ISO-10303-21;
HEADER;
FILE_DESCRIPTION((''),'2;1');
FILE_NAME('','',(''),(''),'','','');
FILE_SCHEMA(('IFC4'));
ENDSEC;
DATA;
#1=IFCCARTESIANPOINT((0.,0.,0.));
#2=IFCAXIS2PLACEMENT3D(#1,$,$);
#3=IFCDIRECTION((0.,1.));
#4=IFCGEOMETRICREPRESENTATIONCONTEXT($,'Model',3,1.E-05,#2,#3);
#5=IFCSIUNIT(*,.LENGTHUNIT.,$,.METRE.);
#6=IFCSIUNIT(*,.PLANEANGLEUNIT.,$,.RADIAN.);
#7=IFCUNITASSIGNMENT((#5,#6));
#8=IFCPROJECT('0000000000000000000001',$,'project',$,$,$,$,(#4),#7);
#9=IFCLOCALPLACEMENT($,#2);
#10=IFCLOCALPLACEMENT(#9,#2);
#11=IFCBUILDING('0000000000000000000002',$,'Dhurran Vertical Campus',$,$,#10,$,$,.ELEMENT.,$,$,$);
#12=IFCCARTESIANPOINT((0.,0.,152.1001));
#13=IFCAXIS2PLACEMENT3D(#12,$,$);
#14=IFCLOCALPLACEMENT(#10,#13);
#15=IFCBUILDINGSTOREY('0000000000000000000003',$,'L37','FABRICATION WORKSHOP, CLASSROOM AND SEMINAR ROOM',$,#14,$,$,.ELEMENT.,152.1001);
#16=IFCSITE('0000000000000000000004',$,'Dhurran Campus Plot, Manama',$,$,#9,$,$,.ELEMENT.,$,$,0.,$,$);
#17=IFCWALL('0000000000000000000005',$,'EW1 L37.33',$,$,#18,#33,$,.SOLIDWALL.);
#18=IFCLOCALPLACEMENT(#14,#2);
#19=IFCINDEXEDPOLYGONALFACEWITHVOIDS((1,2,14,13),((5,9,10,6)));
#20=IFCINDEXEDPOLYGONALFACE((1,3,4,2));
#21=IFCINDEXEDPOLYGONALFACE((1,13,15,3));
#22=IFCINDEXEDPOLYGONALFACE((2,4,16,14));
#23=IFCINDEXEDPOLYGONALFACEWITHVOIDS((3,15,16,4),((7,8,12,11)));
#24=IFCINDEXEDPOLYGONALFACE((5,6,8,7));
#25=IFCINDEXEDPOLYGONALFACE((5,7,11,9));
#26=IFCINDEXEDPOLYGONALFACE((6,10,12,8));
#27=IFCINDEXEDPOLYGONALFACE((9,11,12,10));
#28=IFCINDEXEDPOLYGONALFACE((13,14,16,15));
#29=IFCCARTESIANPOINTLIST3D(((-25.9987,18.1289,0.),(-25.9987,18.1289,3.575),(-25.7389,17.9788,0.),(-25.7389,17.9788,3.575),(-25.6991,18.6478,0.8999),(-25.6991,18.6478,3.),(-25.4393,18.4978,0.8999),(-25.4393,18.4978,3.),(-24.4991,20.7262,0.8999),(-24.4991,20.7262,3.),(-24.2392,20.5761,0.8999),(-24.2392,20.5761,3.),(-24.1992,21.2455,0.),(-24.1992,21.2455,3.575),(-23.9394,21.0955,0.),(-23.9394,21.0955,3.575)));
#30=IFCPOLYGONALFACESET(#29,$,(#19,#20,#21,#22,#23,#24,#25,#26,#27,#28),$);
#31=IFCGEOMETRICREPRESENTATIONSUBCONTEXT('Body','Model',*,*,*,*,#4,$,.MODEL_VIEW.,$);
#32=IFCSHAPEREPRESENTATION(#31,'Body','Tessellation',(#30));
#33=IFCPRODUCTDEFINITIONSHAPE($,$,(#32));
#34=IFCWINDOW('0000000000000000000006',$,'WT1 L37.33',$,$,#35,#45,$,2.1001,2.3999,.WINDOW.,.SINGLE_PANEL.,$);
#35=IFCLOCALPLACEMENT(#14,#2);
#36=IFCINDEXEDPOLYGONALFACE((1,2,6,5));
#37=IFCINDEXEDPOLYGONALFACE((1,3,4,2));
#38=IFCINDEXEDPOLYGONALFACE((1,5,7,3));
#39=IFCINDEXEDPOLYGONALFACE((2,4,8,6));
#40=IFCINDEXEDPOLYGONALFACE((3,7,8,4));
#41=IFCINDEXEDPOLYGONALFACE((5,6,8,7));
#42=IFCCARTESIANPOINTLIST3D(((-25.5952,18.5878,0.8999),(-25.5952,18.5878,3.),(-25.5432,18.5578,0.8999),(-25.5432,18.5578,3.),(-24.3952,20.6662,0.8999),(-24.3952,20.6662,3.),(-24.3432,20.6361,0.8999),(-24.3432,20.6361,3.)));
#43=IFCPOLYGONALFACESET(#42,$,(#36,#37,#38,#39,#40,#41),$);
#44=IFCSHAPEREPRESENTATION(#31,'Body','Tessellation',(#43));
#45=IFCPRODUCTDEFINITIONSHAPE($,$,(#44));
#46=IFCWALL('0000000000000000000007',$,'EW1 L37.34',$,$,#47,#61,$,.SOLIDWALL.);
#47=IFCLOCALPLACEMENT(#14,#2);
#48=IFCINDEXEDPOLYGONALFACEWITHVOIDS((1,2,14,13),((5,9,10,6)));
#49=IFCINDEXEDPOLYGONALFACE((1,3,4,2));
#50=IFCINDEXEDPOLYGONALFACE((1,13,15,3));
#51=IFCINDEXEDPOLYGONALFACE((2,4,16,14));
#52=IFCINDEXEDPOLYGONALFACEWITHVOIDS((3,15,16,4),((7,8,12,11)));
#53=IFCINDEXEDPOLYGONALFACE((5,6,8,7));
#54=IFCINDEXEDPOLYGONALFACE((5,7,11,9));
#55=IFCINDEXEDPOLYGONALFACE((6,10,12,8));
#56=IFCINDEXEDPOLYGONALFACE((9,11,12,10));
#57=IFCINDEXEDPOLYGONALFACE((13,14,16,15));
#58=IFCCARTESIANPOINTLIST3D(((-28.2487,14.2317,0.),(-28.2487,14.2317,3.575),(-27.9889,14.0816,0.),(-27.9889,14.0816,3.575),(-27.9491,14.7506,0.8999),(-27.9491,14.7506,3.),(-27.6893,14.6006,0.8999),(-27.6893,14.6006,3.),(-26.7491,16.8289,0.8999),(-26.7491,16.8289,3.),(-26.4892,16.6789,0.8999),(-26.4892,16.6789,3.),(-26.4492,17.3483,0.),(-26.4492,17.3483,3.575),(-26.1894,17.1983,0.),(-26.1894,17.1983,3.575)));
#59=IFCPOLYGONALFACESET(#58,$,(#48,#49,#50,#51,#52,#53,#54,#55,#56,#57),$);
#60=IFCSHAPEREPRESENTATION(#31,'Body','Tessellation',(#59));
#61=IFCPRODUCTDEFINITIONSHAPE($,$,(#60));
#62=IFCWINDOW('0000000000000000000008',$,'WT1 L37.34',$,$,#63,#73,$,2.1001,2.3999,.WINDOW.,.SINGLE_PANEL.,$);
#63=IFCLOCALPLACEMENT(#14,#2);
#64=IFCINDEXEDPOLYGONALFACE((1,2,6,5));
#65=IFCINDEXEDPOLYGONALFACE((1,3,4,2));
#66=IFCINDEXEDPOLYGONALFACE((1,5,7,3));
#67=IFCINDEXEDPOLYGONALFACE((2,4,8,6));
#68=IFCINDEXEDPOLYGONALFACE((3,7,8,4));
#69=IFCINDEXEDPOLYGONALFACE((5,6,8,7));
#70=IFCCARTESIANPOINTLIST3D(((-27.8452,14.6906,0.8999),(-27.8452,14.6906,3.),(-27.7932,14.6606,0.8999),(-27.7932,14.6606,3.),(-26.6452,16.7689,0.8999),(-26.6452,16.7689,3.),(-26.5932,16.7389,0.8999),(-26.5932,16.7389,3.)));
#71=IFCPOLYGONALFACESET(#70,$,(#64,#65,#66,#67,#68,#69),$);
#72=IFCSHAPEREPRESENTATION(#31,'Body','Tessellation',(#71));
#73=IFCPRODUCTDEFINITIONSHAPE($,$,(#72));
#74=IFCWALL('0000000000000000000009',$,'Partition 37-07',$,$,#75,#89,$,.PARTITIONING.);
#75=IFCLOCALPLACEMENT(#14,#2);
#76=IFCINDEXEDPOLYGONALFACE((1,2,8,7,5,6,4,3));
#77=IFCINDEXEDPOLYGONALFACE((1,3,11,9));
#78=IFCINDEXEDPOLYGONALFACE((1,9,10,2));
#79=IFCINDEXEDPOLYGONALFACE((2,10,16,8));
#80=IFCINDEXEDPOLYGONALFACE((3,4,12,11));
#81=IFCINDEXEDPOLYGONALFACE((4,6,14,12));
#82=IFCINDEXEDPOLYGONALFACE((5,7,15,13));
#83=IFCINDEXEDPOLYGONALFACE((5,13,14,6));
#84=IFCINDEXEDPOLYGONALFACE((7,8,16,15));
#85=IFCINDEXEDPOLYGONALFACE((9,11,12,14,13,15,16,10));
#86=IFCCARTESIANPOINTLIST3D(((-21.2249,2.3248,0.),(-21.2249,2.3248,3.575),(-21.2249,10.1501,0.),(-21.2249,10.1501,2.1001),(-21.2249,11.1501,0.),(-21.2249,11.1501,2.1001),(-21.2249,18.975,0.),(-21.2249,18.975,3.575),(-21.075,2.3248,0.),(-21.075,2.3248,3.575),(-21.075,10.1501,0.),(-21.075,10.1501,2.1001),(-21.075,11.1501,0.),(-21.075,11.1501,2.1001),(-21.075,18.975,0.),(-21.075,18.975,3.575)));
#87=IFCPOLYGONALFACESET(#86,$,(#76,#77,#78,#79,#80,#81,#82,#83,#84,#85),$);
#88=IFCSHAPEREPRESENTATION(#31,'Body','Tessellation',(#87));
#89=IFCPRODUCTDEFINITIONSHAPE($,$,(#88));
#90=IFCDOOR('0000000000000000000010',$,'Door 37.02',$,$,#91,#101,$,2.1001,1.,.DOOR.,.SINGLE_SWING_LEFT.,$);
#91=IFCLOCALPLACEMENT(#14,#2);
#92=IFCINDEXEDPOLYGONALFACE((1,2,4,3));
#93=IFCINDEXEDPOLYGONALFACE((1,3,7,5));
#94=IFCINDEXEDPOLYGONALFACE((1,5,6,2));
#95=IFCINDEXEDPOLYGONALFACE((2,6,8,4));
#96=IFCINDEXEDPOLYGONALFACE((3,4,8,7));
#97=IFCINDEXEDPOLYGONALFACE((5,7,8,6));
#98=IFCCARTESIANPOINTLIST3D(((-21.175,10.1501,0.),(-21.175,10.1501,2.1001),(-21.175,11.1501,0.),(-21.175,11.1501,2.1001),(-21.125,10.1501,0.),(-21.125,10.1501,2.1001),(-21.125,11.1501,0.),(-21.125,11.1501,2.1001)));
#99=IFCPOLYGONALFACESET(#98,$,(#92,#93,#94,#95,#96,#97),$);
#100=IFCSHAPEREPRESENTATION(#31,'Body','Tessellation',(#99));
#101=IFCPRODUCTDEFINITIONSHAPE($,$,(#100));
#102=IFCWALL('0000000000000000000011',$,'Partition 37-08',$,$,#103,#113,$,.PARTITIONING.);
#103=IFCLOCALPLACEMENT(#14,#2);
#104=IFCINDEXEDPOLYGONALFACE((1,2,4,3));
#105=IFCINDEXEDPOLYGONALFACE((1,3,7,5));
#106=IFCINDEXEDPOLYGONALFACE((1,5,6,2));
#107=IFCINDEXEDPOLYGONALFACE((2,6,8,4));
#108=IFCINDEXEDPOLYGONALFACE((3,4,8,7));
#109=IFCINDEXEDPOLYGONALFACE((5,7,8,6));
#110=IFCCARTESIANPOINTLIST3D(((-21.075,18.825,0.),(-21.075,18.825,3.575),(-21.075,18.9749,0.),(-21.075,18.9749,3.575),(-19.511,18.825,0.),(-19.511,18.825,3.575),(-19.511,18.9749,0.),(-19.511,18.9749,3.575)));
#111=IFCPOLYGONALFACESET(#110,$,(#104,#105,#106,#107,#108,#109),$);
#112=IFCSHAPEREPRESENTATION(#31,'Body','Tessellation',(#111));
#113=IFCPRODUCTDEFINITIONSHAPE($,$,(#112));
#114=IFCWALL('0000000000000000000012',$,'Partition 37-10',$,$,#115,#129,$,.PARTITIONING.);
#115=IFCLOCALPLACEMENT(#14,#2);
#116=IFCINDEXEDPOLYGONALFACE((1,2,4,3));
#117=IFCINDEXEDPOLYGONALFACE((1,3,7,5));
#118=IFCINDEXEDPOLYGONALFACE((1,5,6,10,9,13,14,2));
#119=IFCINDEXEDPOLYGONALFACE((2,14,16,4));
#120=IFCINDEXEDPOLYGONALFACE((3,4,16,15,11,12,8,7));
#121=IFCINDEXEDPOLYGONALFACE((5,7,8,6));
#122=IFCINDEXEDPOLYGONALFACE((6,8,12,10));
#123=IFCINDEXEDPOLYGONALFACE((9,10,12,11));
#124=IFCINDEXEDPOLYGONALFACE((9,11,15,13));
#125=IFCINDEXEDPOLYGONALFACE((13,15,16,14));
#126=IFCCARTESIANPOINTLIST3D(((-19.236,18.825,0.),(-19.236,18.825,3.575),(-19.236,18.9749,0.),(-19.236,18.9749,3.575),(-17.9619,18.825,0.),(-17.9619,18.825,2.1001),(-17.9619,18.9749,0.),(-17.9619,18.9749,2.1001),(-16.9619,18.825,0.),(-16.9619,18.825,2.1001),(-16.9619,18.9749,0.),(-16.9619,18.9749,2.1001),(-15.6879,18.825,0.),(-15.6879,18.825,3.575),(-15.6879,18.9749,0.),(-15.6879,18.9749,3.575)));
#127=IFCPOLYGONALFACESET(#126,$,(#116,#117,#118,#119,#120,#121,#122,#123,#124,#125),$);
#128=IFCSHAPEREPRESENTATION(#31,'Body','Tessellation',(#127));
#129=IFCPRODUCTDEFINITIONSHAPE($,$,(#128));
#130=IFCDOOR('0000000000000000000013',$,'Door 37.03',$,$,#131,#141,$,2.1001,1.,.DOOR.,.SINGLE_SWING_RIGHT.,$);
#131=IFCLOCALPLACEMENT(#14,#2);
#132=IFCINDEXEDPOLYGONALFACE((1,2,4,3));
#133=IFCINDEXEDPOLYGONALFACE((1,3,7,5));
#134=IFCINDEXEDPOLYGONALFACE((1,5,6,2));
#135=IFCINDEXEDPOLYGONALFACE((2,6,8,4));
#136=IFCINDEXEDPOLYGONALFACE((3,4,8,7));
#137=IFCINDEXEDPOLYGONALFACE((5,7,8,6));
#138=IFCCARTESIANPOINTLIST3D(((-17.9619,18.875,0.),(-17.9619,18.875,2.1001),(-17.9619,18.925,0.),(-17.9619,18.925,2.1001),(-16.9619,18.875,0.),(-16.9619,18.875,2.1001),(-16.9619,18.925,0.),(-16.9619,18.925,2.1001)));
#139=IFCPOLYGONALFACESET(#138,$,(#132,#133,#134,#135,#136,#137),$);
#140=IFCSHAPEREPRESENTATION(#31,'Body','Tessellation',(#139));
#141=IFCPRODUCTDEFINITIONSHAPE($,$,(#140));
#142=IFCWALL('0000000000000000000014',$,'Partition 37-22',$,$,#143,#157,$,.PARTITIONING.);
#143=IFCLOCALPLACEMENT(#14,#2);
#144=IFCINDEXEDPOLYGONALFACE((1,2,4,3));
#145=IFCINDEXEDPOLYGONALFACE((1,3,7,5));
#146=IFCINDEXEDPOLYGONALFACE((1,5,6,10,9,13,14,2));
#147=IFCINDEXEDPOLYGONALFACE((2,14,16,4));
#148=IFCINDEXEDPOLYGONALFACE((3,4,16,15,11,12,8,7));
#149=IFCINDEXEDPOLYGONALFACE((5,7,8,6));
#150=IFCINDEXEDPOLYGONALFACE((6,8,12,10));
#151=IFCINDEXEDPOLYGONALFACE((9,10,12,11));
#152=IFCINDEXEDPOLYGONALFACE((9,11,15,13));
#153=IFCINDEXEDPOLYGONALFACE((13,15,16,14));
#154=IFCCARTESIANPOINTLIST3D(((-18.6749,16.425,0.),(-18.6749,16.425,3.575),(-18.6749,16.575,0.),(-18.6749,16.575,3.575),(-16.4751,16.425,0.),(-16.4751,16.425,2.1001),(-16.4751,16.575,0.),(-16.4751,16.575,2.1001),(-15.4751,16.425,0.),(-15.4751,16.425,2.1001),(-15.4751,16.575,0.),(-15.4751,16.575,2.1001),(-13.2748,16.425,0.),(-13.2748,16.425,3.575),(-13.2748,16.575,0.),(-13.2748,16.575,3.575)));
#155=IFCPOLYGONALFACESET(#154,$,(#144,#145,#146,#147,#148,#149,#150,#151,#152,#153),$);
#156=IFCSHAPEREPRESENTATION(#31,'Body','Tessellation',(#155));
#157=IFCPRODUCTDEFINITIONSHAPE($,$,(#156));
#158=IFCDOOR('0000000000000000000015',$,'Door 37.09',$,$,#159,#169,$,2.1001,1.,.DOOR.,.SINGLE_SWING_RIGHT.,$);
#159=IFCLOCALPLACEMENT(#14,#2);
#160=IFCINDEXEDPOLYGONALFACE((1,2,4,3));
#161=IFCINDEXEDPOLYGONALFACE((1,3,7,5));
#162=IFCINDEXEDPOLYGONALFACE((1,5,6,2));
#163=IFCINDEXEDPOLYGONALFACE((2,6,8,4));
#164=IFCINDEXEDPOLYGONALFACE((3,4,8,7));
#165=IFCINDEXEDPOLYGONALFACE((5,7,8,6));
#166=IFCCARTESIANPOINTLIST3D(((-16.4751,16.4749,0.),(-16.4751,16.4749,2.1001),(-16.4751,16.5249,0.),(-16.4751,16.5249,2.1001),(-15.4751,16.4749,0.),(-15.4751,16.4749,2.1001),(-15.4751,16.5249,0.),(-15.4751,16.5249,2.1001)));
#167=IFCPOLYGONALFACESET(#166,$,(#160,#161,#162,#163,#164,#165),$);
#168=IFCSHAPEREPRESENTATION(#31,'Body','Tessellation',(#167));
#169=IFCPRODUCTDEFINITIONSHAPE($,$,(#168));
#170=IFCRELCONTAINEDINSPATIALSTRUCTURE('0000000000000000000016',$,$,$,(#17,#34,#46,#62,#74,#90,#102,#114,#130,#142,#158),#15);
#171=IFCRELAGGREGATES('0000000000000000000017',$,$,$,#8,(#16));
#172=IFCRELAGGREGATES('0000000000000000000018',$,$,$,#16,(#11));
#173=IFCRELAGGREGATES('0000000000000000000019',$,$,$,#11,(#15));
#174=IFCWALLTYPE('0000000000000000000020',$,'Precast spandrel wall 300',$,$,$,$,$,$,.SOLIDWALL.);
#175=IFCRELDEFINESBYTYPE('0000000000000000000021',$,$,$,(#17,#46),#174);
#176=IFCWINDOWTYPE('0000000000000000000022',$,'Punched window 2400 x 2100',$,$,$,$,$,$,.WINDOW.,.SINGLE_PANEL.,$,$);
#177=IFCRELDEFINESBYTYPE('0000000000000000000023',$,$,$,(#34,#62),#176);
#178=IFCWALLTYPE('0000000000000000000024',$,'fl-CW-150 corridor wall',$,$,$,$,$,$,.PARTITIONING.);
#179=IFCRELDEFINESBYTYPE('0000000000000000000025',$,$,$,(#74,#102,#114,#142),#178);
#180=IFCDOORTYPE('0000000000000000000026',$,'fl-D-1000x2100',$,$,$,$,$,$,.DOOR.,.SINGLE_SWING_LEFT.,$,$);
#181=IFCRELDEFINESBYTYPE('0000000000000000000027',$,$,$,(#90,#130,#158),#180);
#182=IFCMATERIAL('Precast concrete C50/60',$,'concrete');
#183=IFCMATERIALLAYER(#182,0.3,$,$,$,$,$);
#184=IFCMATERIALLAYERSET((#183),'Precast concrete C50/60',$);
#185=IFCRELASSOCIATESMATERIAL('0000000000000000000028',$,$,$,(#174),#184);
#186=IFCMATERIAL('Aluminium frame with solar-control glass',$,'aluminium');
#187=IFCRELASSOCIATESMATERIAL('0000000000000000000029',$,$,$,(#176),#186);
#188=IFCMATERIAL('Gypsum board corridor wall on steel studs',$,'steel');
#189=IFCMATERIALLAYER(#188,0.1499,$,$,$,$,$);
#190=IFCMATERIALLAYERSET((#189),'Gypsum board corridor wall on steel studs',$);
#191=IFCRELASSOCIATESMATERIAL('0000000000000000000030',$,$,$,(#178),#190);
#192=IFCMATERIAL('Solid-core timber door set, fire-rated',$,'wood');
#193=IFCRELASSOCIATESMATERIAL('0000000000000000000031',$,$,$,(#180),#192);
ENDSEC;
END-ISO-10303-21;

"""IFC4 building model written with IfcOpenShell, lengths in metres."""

from ifc_helpers import new_model, si_unit, direction, frame, frame_2d, origin, place, context, subcontext, project, spatial, rectangle, extrude, material, layer, layer_set, type_object, element, fill, save


model = new_model("IFC4")

# Units and contexts
model_context = context("Model", 3, precision=1e-05, world=origin(), true_north=direction((0.0, 1.0)))
body_context = subcontext(model_context, "Body", "Model", "MODEL_VIEW")
ifc_project = project(units=[si_unit("LENGTHUNIT", "METRE"), si_unit("PLANEANGLEUNIT", "RADIAN")], contexts=[model_context])

# Site, building, storey
site_placement = place(None, origin())
site = spatial("IfcSite", under=ifc_project, at=site_placement, Name="Dhurran Campus Plot, Manama", CompositionType="ELEMENT", RefElevation=0.0)
building_placement = place(site_placement, origin())
building = spatial("IfcBuilding", under=site, at=building_placement, Name="Dhurran Vertical Campus", CompositionType="ELEMENT")
storey_placement = place(building_placement, frame((0.0, 0.0, 152.1001)))
storey = spatial("IfcBuildingStorey", under=building, at=storey_placement, Name="L37", Description="FABRICATION WORKSHOP, CLASSROOM AND SEMINAR ROOM", CompositionType="ELEMENT", Elevation=152.1001)

# Walls, openings, windows
ifc_material_1 = material(Name="Precast concrete C50/60", Category="concrete")
ifc_layer_1 = layer(ifc_material_1, 0.3)
ifc_layer_set_1 = layer_set([ifc_layer_1], Name="Precast concrete C50/60")
wall_type_1 = type_object("IfcWallType", Name="Precast spandrel wall 300", PredefinedType="SOLIDWALL", material=ifc_layer_set_1)
ifc_material_2 = material(Name="Aluminium frame with solar-control glass", Category="aluminium")
window_type = type_object("IfcWindowType", Name="Punched window 2400 x 2100", PartitioningType="SINGLE_PANEL", PredefinedType="WINDOW", material=ifc_material_2)
wall_1_placement = place(storey_placement, frame((-24.0693, 21.1704, 0.0), z_axis=(0.0, 0.0, 1.0), x_axis=(-0.500028, -0.866009, 0.0)))
wall_1 = element("IfcWall", 1, at=wall_1_placement, inside=storey, type_object=wall_type_1, Name="EW1 L37.33", PredefinedType="SOLIDWALL", context=body_context, shape_type="SweptSolid", body=[
    extrude(rectangle(XDim=3.5989, YDim=0.3, at=frame_2d((1.7993, 0.0))), origin(), (0.0, 0.0, 1.0), 3.575),
])
opening_1_placement = place(wall_1_placement, frame((0.5996, 0.0, 0.8999)))
opening_1 = element("IfcOpeningElement", 2, at=opening_1_placement, cuts=wall_1, PredefinedType="OPENING", context=body_context, shape_type="SweptSolid", body=[
    extrude(rectangle(XDim=2.3999, YDim=2.1001, at=frame_2d((1.2, 1.05))), frame((0.0, 0.1599, 0.0), z_axis=(0.0, -1.0, 0.0), x_axis=(1.0, 0.0, 0.0)), (0.0, 0.0, 1.0), 0.3201),
])
window_1_placement = place(opening_1_placement, origin())
window_1 = element("IfcWindow", 3, at=window_1_placement, inside=storey, type_object=window_type, Name="WT1 L37.33", OverallHeight=2.1001, OverallWidth=2.3999, PartitioningType="SINGLE_PANEL", PredefinedType="WINDOW", context=body_context, shape_type="SweptSolid", body=[
    extrude(rectangle(XDim=2.3999, YDim=2.1001, at=frame_2d((1.2, 1.05))), frame((0.0, 0.03, 0.0), z_axis=(0.0, -1.0, 0.0), x_axis=(1.0, 0.0, 0.0)), (0.0, 0.0, 1.0), 0.0601),
])
fill(opening_1, window_1)
wall_2_placement = place(storey_placement, frame((-26.3193, 17.2732, 0.0), z_axis=(0.0, 0.0, 1.0), x_axis=(-0.500028, -0.866009, 0.0)))
wall_2 = element("IfcWall", 4, at=wall_2_placement, inside=storey, type_object=wall_type_1, Name="EW1 L37.34", PredefinedType="SOLIDWALL", context=body_context, shape_type="SweptSolid", body=[
    extrude(rectangle(XDim=3.5989, YDim=0.3, at=frame_2d((1.7993, 0.0))), origin(), (0.0, 0.0, 1.0), 3.575),
])
opening_2_placement = place(wall_2_placement, frame((0.5996, 0.0, 0.8999)))
opening_2 = element("IfcOpeningElement", 5, at=opening_2_placement, cuts=wall_2, PredefinedType="OPENING", context=body_context, shape_type="SweptSolid", body=[
    extrude(rectangle(XDim=2.3999, YDim=2.1001, at=frame_2d((1.2, 1.05))), frame((0.0, 0.1599, 0.0), z_axis=(0.0, -1.0, 0.0), x_axis=(1.0, 0.0, 0.0)), (0.0, 0.0, 1.0), 0.3201),
])
window_2_placement = place(opening_2_placement, origin())
window_2 = element("IfcWindow", 6, at=window_2_placement, inside=storey, type_object=window_type, Name="WT1 L37.34", OverallHeight=2.1001, OverallWidth=2.3999, PartitioningType="SINGLE_PANEL", PredefinedType="WINDOW", context=body_context, shape_type="SweptSolid", body=[
    extrude(rectangle(XDim=2.3999, YDim=2.1001, at=frame_2d((1.2, 1.05))), frame((0.0, 0.03, 0.0), z_axis=(0.0, -1.0, 0.0), x_axis=(1.0, 0.0, 0.0)), (0.0, 0.0, 1.0), 0.0601),
])
fill(opening_2, window_2)

# Wall, opening, door
ifc_material_3 = material(Name="Gypsum board corridor wall on steel studs", Category="steel")
ifc_layer_2 = layer(ifc_material_3, 0.1499)
ifc_layer_set_2 = layer_set([ifc_layer_2], Name="Gypsum board corridor wall on steel studs")
wall_type_2 = type_object("IfcWallType", Name="fl-CW-150 corridor wall", PredefinedType="PARTITIONING", material=ifc_layer_set_2)
wall_3_placement = place(storey_placement, frame((-21.1499, 18.9751, 0.0), z_axis=(0.0, 0.0, 1.0), x_axis=(0.0, -1.0, 0.0)))
wall_3 = element("IfcWall", 7, at=wall_3_placement, inside=storey, type_object=wall_type_2, Name="Partition 37-07", PredefinedType="PARTITIONING", context=body_context, shape_type="SweptSolid", body=[
    extrude(rectangle(XDim=16.6501, YDim=0.1499, at=frame_2d((8.3252, 0.0))), origin(), (0.0, 0.0, 1.0), 3.575),
])
opening_3_placement = place(wall_3_placement, frame((7.825, 0.0, 0.0)))
opening_3 = element("IfcOpeningElement", 8, at=opening_3_placement, cuts=wall_3, PredefinedType="OPENING", context=body_context, shape_type="SweptSolid", body=[
    extrude(rectangle(XDim=1.0, YDim=2.1001, at=frame_2d((0.5, 1.05))), frame((0.0, 0.085, 0.0), z_axis=(0.0, -1.0, 0.0), x_axis=(1.0, 0.0, 0.0)), (0.0, 0.0, 1.0), 0.1699),
])
ifc_material_4 = material(Name="Solid-core timber door set, fire-rated", Category="wood")
door_type = type_object("IfcDoorType", Name="fl-D-1000x2100", OperationType="SINGLE_SWING_LEFT", PredefinedType="DOOR", material=ifc_material_4)
door_1_placement = place(opening_3_placement, origin())
door_1 = element("IfcDoor", 9, at=door_1_placement, inside=storey, type_object=door_type, Name="Door 37.02", OperationType="SINGLE_SWING_LEFT", OverallHeight=2.1001, OverallWidth=1.0, PredefinedType="DOOR", context=body_context, shape_type="SweptSolid", body=[
    extrude(rectangle(XDim=1.0, YDim=2.1001, at=frame_2d((0.5, 1.05))), frame((0.0, 0.0249, 0.0), z_axis=(0.0, -1.0, 0.0), x_axis=(1.0, 0.0, 0.0)), (0.0, 0.0, 1.0), 0.05),
])
fill(opening_3, door_1)

# Wall
wall_4_placement = place(storey_placement, frame((-19.511, 18.8999, 0.0), z_axis=(0.0, 0.0, 1.0), x_axis=(-1.0, 0.0, 0.0)))
element("IfcWall", 10, at=wall_4_placement, inside=storey, type_object=wall_type_2, Name="Partition 37-08", PredefinedType="PARTITIONING", context=body_context, shape_type="SweptSolid", body=[
    extrude(rectangle(XDim=1.564, YDim=0.1499, at=frame_2d((0.782, 0.0))), origin(), (0.0, 0.0, 1.0), 3.575),
])

# Walls, openings, doors
wall_5_placement = place(storey_placement, frame((-15.688, 18.8999, 0.0), z_axis=(0.0, 0.0, 1.0), x_axis=(-1.0, 0.0, 0.0)))
wall_5 = element("IfcWall", 11, at=wall_5_placement, inside=storey, type_object=wall_type_2, Name="Partition 37-10", PredefinedType="PARTITIONING", context=body_context, shape_type="SweptSolid", body=[
    extrude(rectangle(XDim=3.5481, YDim=0.1499, at=frame_2d((1.7739, 0.0))), origin(), (0.0, 0.0, 1.0), 3.575),
])
opening_4_placement = place(wall_5_placement, frame((1.2739, 0.0, 0.0)))
opening_4 = element("IfcOpeningElement", 12, at=opening_4_placement, cuts=wall_5, PredefinedType="OPENING", context=body_context, shape_type="SweptSolid", body=[
    extrude(rectangle(XDim=1.0, YDim=2.1001, at=frame_2d((0.5, 1.05))), frame((0.0, 0.085, 0.0), z_axis=(0.0, -1.0, 0.0), x_axis=(1.0, 0.0, 0.0)), (0.0, 0.0, 1.0), 0.1699),
])
door_2_placement = place(opening_4_placement, origin())
door_2 = element("IfcDoor", 13, at=door_2_placement, inside=storey, type_object=door_type, Name="Door 37.03", OperationType="SINGLE_SWING_RIGHT", OverallHeight=2.1001, OverallWidth=1.0, PredefinedType="DOOR", context=body_context, shape_type="SweptSolid", body=[
    extrude(rectangle(XDim=1.0, YDim=2.1001, at=frame_2d((0.5, 1.05))), frame((0.0, 0.0249, 0.0), z_axis=(0.0, -1.0, 0.0), x_axis=(1.0, 0.0, 0.0)), (0.0, 0.0, 1.0), 0.05),
])
fill(opening_4, door_2)
wall_6_placement = place(storey_placement, frame((-18.675, 16.5, 0.0), z_axis=(0.0, 0.0, 1.0), x_axis=(1.0, 0.0, 0.0)))
wall_6 = element("IfcWall", 14, at=wall_6_placement, inside=storey, type_object=wall_type_2, Name="Partition 37-22", PredefinedType="PARTITIONING", context=body_context, shape_type="SweptSolid", body=[
    extrude(rectangle(XDim=5.4001, YDim=0.1499, at=frame_2d((2.7002, 0.0))), origin(), (0.0, 0.0, 1.0), 3.575),
])
opening_5_placement = place(wall_6_placement, frame((2.2, 0.0, 0.0)))
opening_5 = element("IfcOpeningElement", 15, at=opening_5_placement, cuts=wall_6, PredefinedType="OPENING", context=body_context, shape_type="SweptSolid", body=[
    extrude(rectangle(XDim=1.0, YDim=2.1001, at=frame_2d((0.5, 1.05))), frame((0.0, 0.085, 0.0), z_axis=(0.0, -1.0, 0.0), x_axis=(1.0, 0.0, 0.0)), (0.0, 0.0, 1.0), 0.1699),
])
door_3_placement = place(opening_5_placement, origin())
door_3 = element("IfcDoor", 16, at=door_3_placement, inside=storey, type_object=door_type, Name="Door 37.09", OperationType="SINGLE_SWING_RIGHT", OverallHeight=2.1001, OverallWidth=1.0, PredefinedType="DOOR", context=body_context, shape_type="SweptSolid", body=[
    extrude(rectangle(XDim=1.0, YDim=2.1001, at=frame_2d((0.5, 1.05))), frame((0.0, 0.0249, 0.0), z_axis=(0.0, -1.0, 0.0), x_axis=(1.0, 0.0, 0.0)), (0.0, 0.0, 1.0), 0.05),
])
fill(opening_5, door_3)

save(model, "model.ifc")
